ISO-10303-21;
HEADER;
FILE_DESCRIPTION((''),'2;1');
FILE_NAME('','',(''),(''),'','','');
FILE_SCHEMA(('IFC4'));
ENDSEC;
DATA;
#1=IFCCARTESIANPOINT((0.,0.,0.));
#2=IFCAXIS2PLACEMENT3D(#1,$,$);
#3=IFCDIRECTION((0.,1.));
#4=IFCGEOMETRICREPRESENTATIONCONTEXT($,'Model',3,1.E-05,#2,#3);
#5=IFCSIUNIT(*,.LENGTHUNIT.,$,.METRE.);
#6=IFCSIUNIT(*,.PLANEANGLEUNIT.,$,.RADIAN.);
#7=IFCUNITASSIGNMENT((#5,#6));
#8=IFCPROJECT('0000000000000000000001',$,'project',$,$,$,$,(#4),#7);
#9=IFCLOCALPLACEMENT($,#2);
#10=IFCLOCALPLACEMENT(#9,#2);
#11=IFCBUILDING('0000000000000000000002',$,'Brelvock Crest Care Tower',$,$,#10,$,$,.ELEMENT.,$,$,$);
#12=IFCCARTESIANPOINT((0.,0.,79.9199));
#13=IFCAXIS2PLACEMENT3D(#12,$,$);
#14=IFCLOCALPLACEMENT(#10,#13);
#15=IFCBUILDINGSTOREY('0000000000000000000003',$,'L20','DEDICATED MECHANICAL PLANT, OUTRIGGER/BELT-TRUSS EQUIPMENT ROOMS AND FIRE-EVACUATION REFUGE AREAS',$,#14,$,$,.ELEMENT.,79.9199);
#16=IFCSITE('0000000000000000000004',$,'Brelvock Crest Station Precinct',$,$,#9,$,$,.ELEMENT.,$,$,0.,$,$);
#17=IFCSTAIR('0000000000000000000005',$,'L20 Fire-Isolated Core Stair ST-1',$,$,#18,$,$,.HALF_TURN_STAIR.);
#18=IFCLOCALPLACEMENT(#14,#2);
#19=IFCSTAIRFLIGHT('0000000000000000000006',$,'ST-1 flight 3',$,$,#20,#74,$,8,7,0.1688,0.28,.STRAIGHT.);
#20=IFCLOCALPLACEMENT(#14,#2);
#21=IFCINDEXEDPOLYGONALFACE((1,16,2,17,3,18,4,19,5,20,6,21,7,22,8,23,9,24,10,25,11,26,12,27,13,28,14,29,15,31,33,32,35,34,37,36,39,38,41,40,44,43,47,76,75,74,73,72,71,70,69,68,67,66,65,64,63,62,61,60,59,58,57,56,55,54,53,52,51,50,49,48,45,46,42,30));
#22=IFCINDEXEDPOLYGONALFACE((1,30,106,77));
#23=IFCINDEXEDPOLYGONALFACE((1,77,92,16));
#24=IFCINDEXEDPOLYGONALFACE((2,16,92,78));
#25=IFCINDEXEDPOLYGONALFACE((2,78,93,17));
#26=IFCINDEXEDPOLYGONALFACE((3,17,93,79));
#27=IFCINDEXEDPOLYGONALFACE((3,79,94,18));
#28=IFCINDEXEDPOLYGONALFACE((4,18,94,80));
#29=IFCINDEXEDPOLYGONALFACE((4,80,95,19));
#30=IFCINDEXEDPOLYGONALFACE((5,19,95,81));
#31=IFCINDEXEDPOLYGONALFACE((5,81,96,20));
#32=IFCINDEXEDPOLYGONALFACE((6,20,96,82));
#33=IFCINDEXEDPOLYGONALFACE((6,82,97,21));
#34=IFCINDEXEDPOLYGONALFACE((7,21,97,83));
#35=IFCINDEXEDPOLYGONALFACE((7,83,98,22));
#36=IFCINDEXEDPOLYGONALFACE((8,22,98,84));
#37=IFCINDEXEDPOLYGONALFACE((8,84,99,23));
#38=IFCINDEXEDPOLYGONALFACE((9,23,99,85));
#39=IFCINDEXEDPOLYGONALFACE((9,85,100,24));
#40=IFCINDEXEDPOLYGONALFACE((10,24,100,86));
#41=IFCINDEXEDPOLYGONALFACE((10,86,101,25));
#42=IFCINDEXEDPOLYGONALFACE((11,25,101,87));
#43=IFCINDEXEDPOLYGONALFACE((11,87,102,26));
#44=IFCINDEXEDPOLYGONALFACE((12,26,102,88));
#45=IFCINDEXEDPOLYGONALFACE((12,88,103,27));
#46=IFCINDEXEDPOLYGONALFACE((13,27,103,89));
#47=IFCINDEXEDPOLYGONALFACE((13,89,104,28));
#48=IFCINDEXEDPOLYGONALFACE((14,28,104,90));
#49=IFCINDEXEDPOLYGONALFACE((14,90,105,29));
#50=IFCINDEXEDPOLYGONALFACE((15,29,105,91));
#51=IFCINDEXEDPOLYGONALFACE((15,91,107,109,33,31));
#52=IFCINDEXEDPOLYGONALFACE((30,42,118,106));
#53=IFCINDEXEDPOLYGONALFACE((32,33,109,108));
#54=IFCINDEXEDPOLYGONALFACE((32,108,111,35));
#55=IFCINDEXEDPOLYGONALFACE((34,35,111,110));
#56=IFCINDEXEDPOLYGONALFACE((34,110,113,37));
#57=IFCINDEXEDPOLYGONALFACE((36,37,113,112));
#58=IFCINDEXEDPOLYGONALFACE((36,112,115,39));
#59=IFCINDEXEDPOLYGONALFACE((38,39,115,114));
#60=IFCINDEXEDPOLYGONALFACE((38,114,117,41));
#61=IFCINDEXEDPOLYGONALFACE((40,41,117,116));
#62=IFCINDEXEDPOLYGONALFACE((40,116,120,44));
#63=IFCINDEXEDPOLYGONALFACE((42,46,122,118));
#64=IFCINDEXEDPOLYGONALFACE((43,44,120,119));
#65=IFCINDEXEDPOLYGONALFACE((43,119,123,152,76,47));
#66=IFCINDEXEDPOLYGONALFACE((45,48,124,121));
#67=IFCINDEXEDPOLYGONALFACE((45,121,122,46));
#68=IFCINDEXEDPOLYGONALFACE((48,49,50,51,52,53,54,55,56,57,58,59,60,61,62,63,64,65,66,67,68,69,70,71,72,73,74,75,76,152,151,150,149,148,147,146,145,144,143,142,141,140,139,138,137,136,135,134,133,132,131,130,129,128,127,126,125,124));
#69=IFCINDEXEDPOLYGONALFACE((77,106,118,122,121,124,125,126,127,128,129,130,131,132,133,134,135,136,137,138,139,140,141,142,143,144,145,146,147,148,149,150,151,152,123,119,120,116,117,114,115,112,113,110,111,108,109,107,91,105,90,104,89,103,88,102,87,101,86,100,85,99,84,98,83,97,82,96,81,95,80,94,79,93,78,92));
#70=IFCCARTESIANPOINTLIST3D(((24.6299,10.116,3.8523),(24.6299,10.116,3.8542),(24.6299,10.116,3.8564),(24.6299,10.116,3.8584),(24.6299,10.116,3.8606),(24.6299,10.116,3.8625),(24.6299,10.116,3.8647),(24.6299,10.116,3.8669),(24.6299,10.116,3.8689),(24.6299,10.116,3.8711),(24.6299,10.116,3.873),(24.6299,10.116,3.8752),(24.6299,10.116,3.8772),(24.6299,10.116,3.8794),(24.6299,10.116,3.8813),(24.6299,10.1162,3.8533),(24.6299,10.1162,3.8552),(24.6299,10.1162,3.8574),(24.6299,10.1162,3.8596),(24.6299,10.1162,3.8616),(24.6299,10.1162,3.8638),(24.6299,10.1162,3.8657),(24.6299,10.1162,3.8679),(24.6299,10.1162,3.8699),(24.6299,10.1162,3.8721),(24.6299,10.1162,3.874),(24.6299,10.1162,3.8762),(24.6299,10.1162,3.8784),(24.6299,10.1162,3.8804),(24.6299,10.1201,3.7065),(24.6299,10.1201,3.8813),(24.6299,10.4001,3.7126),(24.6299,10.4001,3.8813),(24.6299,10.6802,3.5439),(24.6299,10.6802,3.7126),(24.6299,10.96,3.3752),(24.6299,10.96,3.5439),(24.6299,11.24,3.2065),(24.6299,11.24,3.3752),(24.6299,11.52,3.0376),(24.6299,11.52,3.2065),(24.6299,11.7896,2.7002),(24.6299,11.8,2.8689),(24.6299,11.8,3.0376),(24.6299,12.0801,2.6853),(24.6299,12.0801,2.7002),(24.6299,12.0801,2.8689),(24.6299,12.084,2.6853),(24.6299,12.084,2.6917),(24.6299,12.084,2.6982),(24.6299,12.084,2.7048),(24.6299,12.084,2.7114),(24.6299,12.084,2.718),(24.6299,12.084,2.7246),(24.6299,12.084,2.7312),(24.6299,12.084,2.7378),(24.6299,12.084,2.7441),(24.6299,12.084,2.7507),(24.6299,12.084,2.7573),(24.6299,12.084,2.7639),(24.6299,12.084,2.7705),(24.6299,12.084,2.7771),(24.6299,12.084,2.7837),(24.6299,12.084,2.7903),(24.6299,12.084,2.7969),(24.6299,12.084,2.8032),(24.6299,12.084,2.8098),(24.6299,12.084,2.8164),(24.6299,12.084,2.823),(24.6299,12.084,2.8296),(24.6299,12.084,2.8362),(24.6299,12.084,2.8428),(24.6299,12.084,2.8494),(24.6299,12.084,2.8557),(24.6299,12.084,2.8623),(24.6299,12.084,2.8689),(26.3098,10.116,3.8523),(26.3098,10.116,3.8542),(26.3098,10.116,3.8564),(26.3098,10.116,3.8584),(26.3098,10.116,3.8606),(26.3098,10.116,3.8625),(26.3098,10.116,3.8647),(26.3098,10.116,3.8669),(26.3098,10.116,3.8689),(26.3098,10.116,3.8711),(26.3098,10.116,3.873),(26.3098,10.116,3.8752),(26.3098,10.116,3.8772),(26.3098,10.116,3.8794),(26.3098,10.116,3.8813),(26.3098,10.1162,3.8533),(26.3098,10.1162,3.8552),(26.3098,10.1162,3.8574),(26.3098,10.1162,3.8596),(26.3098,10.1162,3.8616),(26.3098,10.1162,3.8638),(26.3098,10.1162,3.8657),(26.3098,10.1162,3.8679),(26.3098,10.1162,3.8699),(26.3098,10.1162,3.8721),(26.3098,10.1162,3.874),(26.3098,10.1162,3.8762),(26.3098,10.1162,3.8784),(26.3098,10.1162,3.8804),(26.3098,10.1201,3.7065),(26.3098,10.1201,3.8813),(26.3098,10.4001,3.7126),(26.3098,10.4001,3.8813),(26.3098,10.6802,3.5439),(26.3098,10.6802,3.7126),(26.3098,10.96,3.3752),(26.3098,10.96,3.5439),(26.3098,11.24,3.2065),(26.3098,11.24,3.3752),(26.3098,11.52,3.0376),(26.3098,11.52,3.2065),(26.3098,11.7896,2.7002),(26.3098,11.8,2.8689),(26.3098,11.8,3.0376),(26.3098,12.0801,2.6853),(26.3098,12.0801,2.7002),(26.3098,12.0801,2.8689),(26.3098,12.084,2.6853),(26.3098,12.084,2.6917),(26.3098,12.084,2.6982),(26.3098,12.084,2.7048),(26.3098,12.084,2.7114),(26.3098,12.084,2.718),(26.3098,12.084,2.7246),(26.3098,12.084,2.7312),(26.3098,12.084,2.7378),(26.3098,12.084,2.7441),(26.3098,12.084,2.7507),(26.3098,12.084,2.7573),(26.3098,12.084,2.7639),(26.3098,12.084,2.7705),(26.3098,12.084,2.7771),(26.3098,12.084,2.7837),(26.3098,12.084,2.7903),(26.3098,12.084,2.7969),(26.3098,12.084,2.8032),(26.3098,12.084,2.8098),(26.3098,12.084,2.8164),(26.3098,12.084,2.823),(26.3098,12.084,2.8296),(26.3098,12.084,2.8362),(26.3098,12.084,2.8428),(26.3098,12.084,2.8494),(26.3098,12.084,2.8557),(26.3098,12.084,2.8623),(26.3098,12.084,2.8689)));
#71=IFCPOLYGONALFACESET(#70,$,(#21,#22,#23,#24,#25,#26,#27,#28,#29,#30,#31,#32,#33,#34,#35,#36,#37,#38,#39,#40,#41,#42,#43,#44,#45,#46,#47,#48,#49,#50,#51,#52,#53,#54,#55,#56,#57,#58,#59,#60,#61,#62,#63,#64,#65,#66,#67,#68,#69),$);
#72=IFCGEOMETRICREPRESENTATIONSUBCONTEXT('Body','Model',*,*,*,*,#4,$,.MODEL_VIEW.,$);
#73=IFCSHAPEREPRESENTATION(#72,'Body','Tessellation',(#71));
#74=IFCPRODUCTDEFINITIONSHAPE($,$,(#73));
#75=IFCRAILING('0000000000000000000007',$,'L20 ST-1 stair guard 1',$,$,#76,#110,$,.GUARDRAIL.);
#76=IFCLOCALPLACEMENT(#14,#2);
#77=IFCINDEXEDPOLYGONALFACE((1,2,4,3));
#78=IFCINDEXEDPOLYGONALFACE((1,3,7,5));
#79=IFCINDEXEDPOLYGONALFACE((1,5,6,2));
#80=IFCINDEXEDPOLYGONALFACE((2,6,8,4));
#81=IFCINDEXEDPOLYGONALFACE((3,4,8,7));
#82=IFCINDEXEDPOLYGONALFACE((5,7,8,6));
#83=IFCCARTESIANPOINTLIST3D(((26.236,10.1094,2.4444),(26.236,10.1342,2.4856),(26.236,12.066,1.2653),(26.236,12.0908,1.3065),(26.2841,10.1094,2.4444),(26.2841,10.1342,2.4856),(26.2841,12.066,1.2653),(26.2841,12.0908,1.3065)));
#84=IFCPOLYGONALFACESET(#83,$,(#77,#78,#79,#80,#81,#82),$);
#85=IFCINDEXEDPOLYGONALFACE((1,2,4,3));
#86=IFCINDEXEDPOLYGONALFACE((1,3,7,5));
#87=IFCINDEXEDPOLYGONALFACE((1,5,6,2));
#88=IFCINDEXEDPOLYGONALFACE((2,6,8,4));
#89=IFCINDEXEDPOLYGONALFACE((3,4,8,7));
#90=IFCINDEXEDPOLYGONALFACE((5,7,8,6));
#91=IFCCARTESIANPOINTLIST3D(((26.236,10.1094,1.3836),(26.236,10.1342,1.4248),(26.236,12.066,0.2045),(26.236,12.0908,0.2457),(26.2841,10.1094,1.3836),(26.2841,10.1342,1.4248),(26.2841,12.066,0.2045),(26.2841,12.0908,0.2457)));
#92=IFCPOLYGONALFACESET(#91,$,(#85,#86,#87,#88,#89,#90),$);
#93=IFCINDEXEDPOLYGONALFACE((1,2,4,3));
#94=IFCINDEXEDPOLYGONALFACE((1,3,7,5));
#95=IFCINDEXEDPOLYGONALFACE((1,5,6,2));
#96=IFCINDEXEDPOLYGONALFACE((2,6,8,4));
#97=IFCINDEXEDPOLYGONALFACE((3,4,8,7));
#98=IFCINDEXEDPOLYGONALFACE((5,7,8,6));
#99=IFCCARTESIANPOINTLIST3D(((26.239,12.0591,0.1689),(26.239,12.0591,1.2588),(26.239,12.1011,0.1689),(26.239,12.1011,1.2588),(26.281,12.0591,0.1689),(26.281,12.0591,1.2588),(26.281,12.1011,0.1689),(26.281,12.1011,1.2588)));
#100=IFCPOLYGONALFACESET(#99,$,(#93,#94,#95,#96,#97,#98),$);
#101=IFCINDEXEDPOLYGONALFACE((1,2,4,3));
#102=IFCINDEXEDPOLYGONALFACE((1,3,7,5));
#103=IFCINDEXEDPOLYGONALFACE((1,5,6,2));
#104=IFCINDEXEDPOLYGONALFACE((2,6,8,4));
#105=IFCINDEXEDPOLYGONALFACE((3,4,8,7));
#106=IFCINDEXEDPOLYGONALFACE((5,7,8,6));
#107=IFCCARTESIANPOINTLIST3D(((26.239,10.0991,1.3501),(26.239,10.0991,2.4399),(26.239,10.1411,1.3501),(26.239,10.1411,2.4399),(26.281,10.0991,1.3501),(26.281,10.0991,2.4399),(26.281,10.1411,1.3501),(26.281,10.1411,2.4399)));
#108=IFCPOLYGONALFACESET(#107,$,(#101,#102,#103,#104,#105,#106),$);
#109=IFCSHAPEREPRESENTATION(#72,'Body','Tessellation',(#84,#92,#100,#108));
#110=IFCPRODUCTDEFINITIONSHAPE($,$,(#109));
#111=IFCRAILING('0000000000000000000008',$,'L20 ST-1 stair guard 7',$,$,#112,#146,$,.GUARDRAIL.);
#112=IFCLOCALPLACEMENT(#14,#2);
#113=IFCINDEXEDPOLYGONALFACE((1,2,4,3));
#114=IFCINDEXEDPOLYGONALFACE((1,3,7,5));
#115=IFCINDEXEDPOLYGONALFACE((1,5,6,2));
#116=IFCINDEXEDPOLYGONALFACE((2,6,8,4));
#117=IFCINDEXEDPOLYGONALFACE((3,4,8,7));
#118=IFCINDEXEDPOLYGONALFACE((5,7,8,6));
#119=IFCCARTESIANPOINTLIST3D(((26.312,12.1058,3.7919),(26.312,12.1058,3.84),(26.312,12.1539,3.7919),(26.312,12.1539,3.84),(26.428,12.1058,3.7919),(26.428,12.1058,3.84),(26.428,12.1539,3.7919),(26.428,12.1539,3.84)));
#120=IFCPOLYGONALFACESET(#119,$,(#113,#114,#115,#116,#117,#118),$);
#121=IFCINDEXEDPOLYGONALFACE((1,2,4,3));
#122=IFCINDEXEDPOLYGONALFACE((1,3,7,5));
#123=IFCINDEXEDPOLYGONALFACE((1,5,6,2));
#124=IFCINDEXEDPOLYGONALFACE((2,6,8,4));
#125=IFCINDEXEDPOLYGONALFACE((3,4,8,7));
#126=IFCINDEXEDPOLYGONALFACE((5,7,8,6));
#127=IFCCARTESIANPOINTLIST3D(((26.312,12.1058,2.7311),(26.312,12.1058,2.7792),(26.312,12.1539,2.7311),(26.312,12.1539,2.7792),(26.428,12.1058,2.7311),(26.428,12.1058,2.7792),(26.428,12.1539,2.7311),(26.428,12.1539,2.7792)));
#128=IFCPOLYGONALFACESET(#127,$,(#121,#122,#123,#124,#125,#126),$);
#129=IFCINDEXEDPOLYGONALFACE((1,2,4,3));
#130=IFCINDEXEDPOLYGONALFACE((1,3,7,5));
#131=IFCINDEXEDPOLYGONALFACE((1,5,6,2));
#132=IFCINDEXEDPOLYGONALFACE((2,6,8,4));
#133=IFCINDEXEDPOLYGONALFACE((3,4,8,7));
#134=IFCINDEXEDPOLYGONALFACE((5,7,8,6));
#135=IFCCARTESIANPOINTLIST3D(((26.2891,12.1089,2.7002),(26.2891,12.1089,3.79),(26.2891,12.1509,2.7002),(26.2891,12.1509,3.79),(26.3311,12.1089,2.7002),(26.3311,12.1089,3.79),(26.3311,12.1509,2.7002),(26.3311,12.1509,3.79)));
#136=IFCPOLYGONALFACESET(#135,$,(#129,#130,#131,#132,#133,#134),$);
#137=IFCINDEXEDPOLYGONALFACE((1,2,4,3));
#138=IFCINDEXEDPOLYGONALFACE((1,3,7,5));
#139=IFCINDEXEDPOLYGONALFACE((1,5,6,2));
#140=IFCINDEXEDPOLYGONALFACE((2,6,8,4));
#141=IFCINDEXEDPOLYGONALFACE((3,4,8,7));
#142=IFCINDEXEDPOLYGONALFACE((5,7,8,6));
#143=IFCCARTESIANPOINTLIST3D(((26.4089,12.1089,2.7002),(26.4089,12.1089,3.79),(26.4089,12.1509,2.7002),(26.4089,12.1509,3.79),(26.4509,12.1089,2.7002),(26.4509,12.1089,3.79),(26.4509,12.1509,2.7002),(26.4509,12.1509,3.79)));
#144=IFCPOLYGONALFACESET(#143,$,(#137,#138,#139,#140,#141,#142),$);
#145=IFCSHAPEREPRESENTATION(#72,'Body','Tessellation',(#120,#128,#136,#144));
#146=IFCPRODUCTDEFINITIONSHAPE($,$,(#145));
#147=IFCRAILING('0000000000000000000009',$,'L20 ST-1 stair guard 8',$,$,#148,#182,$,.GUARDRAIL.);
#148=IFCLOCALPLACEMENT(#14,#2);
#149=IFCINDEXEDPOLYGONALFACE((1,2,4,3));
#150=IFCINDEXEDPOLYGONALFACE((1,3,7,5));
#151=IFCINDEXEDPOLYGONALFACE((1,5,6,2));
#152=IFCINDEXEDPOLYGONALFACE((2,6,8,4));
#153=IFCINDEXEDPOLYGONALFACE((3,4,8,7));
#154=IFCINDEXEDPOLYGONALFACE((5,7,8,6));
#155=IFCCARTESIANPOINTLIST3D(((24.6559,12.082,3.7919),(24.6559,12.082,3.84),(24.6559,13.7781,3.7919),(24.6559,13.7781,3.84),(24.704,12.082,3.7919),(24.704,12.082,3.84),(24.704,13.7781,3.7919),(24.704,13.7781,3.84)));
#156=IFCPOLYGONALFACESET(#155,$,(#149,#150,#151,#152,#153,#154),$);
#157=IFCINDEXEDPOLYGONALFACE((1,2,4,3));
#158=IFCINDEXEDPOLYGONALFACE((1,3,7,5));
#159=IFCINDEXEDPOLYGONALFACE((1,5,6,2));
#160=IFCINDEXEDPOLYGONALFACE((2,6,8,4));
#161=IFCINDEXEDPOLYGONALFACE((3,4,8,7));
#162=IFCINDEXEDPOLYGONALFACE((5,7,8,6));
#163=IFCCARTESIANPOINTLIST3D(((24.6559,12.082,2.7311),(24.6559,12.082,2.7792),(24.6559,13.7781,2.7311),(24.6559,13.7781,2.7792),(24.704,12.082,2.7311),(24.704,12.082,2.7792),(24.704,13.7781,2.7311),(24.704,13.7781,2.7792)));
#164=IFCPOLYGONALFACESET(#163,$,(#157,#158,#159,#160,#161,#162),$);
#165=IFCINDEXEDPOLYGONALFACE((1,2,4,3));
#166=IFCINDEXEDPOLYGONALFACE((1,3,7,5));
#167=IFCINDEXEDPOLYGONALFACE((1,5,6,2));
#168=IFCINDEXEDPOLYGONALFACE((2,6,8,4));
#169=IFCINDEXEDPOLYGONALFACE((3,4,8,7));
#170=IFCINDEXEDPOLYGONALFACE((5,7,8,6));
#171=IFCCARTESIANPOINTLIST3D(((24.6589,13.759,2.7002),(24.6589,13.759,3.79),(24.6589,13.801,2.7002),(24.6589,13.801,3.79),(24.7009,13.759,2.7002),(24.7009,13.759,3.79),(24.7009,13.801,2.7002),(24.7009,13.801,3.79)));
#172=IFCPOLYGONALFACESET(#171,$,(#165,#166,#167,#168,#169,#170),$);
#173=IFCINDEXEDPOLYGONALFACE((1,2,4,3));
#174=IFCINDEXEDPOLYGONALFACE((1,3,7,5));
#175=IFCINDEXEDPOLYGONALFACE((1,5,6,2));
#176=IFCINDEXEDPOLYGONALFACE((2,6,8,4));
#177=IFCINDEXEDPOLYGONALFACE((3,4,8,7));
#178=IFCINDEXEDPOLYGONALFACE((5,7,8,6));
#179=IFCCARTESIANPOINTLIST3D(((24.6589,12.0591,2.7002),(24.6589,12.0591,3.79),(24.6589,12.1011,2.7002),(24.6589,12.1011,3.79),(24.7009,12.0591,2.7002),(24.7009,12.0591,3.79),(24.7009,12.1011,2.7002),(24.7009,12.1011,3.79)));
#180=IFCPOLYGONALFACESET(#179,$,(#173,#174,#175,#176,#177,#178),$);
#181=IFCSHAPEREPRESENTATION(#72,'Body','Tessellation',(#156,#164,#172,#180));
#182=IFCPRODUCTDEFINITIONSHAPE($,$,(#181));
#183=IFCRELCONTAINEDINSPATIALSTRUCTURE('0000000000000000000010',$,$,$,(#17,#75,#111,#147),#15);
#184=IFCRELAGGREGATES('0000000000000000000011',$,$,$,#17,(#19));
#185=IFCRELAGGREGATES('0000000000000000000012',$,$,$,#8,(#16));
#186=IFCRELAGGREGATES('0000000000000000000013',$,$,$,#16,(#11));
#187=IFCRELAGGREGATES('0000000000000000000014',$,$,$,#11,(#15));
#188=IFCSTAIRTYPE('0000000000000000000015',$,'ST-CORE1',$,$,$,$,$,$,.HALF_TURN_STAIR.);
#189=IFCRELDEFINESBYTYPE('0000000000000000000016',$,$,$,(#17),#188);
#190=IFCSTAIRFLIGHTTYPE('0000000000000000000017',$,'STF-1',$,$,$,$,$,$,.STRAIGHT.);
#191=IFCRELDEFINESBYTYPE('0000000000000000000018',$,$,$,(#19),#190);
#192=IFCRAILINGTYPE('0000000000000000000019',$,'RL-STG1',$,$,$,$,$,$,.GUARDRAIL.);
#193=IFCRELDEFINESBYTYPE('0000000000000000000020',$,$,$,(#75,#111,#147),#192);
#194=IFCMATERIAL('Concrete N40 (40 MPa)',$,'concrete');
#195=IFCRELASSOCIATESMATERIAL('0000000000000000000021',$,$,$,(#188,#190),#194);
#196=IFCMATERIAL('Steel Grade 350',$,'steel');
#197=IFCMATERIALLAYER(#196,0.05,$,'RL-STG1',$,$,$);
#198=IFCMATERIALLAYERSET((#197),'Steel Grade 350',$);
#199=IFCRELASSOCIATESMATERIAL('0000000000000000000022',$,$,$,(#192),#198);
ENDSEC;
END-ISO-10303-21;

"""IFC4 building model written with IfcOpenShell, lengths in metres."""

from ifc_helpers import new_model, si_unit, direction, frame, origin, origin_2d, place, context, subcontext, project, spatial, polyline, rectangle, outline, extrude, material, layer, layer_set, type_object, element, aggregate, save


model = new_model("IFC4")

# Units and contexts
model_context = context("Model", 3, precision=1e-05, world=origin(), true_north=direction((0.0, 1.0)))
body_context = subcontext(model_context, "Body", "Model", "MODEL_VIEW")
ifc_project = project(units=[si_unit("LENGTHUNIT", "METRE"), si_unit("PLANEANGLEUNIT", "RADIAN")], contexts=[model_context])

# Site, building, storey
site_placement = place(None, origin())
site = spatial("IfcSite", under=ifc_project, at=site_placement, Name="Brelvock Crest Station Precinct", CompositionType="ELEMENT", RefElevation=0.0)
building_placement = place(site_placement, origin())
building = spatial("IfcBuilding", under=site, at=building_placement, Name="Brelvock Crest Care Tower", CompositionType="ELEMENT")
storey_placement = place(building_placement, frame((0.0, 0.0, 79.9199)))
storey = spatial("IfcBuildingStorey", under=building, at=storey_placement, Name="L20", Description="DEDICATED MECHANICAL PLANT, OUTRIGGER/BELT-TRUSS EQUIPMENT ROOMS AND FIRE-EVACUATION REFUGE AREAS", CompositionType="ELEMENT", Elevation=79.9199)

# Shared definitions
ifc_material_1 = material(Name="Steel Grade 350", Category="steel")

# Stair, stair flight
ifc_material_2 = material(Name="Concrete N40 (40 MPa)", Category="concrete")
stair_type = type_object("IfcStairType", Name="ST-CORE1", PredefinedType="HALF_TURN_STAIR", material=ifc_material_2)
stair_placement = place(storey_placement, origin())
stair = element("IfcStair", 1, at=stair_placement, inside=storey, type_object=stair_type, Name="L20 Fire-Isolated Core Stair ST-1", PredefinedType="HALF_TURN_STAIR")
stair_flight_type = type_object("IfcStairFlightType", Name="STF-1", PredefinedType="STRAIGHT", material=ifc_material_2)
stair_flight_1_placement = place(storey_placement, frame((25.47, 12.0801, 2.7002), z_axis=(0.0, 0.0, 1.0), x_axis=(0.0, -1.0, 0.0)))
stair_flight_1 = element("IfcStairFlight", 2, at=stair_flight_1_placement, type_object=stair_flight_type, Name="ST-1 flight 3", NumberOfRisers=8, NumberOfTreads=7, PredefinedType="STRAIGHT", RiserHeight=0.1688, TreadLength=0.28, context=body_context, shape_type="SweptSolid", body=[
    extrude(outline(polyline([(-0.0039, -0.0149), (-0.0039, -0.0085), (-0.0039, -0.002), (-0.0039, 0.0046), (-0.0039, 0.0112), (-0.0039, 0.0178), (-0.0039, 0.0244), (-0.0039, 0.031), (-0.0039, 0.0376), (-0.0039, 0.0439), (-0.0039, 0.0505), (-0.0039, 0.0571), (-0.0039, 0.0637), (-0.0039, 0.0703), (-0.0039, 0.0769), (-0.0039, 0.0835), (-0.0039, 0.0901), (-0.0039, 0.0967), (-0.0039, 0.103), (-0.0039, 0.1096), (-0.0039, 0.1162), (-0.0039, 0.1228), (-0.0039, 0.1294), (-0.0039, 0.136), (-0.0039, 0.1426), (-0.0039, 0.1492), (-0.0039, 0.1555), (-0.0039, 0.1621), (-0.0039, 0.1687), (0.0, 0.1687), (0.28, 0.1687), (0.28, 0.3374), (0.5601, 0.3374), (0.5601, 0.5063), (0.8401, 0.5063), (0.8401, 0.675), (1.1201, 0.675), (1.1201, 0.8438), (1.3999, 0.8438), (1.3999, 1.0125), (1.6799, 1.0125), (1.6799, 1.1812), (1.96, 1.1812), (1.9641, 1.1812), (1.9639, 1.1802), (1.9641, 1.1792), (1.9639, 1.1782), (1.9641, 1.177), (1.9639, 1.176), (1.9641, 1.175), (1.9639, 1.1738), (1.9641, 1.1729), (1.9639, 1.1719), (1.9641, 1.1709), (1.9639, 1.1697), (1.9641, 1.1687), (1.9639, 1.1677), (1.9641, 1.1667), (1.9639, 1.1655), (1.9641, 1.1646), (1.9639, 1.1636), (1.9641, 1.1624), (1.9639, 1.1614), (1.9641, 1.1604), (1.9639, 1.1594), (1.9641, 1.1582), (1.9639, 1.1572), (1.9641, 1.1562), (1.9639, 1.155), (1.9641, 1.1541), (1.9639, 1.1531), (1.9641, 1.1521), (1.96, 1.0063), (0.2905, 0.0), (0.0, 0.0), (0.0, -0.0149), (-0.0039, -0.0149)])), frame((0.0, 0.8398, 0.0), z_axis=(0.0, -1.0, 0.0), x_axis=(1.0, 0.0, 0.0)), (0.0, 0.0, 1.0), 1.6799),
])
aggregate(stair, [stair_flight_1])

# Railings
ifc_layer_1 = layer(ifc_material_1, 0.05, Name="RL-STG1")
ifc_layer_set_1 = layer_set([ifc_layer_1], Name="Steel Grade 350")
railing_type_1 = type_object("IfcRailingType", Name="RL-STG1", PredefinedType="GUARDRAIL", material=ifc_layer_set_1)
railing_1_placement = place(storey_placement, frame((26.26, 12.0801, 0.1689)))
element("IfcRailing", 3, at=railing_1_placement, inside=storey, type_object=railing_type_1, Name="L20 ST-1 stair guard 1", PredefinedType="GUARDRAIL", context=body_context, shape_type="SweptSolid", body=[
    extrude(rectangle(XDim=0.0481, YDim=0.0481, at=origin_2d()), frame((0.0, -0.0017, 1.1169), z_axis=(0.0, -0.856493, 0.516158), x_axis=(1.0, 0.0, 0.0)), (0.0, 0.0, 1.0), 2.2844),
    extrude(rectangle(XDim=0.0481, YDim=0.0481, at=origin_2d()), frame((0.0, -0.0017, 0.0562), z_axis=(0.0, -0.856493, 0.516158), x_axis=(1.0, 0.0, 0.0)), (0.0, 0.0, 1.0), 2.2844),
    extrude(rectangle(XDim=0.042, YDim=0.042, at=origin_2d()), origin(), (0.0, 0.0, 1.0), 1.0898),
    extrude(rectangle(XDim=0.042, YDim=0.042, at=origin_2d()), frame((0.0, -1.96, 1.1812)), (0.0, 0.0, 1.0), 1.0898),
])
railing_2_placement = place(storey_placement, frame((26.3101, 12.1299, 2.7002)))
element("IfcRailing", 4, at=railing_2_placement, inside=storey, type_object=railing_type_1, Name="L20 ST-1 stair guard 7", PredefinedType="GUARDRAIL", context=body_context, shape_type="SweptSolid", body=[
    extrude(rectangle(XDim=0.0481, YDim=0.0481, at=origin_2d()), frame((0.002, 0.0, 1.1157), z_axis=(1.0, 0.0, 0.0), x_axis=(0.0, 1.0, 0.0)), (0.0, 0.0, 1.0), 0.116),
    extrude(rectangle(XDim=0.0481, YDim=0.0481, at=origin_2d()), frame((0.002, 0.0, 0.0549), z_axis=(1.0, 0.0, 0.0), x_axis=(0.0, 1.0, 0.0)), (0.0, 0.0, 1.0), 0.116),
    extrude(rectangle(XDim=0.042, YDim=0.042, at=origin_2d()), origin(), (0.0, 0.0, 1.0), 1.0898),
    extrude(rectangle(XDim=0.042, YDim=0.042, at=origin_2d()), frame((0.1199, 0.0, 0.0)), (0.0, 0.0, 1.0), 1.0898),
])
for number, where, name in (
    (5, (24.6799, 13.78, 2.7002), "L20 ST-1 stair guard 8"),
):
    element("IfcRailing", number, at=place(storey_placement, frame(where)), inside=storey, type_object=railing_type_1, Name=name, PredefinedType="GUARDRAIL", context=body_context, shape_type="SweptSolid", body=[
        extrude(rectangle(XDim=0.0481, YDim=0.0481, at=origin_2d()), frame((0.0, -0.002, 1.1157), z_axis=(0.0, -1.0, 0.0), x_axis=(1.0, 0.0, 0.0)), (0.0, 0.0, 1.0), 1.696),
        extrude(rectangle(XDim=0.0481, YDim=0.0481, at=origin_2d()), frame((0.0, -0.002, 0.0549), z_axis=(0.0, -1.0, 0.0), x_axis=(1.0, 0.0, 0.0)), (0.0, 0.0, 1.0), 1.696),
        extrude(rectangle(XDim=0.042, YDim=0.042, at=origin_2d()), origin(), (0.0, 0.0, 1.0), 1.0898),
        extrude(rectangle(XDim=0.042, YDim=0.042, at=origin_2d()), frame((0.0, -1.7, 0.0)), (0.0, 0.0, 1.0), 1.0898),
    ])

save(model, "model.ifc")
